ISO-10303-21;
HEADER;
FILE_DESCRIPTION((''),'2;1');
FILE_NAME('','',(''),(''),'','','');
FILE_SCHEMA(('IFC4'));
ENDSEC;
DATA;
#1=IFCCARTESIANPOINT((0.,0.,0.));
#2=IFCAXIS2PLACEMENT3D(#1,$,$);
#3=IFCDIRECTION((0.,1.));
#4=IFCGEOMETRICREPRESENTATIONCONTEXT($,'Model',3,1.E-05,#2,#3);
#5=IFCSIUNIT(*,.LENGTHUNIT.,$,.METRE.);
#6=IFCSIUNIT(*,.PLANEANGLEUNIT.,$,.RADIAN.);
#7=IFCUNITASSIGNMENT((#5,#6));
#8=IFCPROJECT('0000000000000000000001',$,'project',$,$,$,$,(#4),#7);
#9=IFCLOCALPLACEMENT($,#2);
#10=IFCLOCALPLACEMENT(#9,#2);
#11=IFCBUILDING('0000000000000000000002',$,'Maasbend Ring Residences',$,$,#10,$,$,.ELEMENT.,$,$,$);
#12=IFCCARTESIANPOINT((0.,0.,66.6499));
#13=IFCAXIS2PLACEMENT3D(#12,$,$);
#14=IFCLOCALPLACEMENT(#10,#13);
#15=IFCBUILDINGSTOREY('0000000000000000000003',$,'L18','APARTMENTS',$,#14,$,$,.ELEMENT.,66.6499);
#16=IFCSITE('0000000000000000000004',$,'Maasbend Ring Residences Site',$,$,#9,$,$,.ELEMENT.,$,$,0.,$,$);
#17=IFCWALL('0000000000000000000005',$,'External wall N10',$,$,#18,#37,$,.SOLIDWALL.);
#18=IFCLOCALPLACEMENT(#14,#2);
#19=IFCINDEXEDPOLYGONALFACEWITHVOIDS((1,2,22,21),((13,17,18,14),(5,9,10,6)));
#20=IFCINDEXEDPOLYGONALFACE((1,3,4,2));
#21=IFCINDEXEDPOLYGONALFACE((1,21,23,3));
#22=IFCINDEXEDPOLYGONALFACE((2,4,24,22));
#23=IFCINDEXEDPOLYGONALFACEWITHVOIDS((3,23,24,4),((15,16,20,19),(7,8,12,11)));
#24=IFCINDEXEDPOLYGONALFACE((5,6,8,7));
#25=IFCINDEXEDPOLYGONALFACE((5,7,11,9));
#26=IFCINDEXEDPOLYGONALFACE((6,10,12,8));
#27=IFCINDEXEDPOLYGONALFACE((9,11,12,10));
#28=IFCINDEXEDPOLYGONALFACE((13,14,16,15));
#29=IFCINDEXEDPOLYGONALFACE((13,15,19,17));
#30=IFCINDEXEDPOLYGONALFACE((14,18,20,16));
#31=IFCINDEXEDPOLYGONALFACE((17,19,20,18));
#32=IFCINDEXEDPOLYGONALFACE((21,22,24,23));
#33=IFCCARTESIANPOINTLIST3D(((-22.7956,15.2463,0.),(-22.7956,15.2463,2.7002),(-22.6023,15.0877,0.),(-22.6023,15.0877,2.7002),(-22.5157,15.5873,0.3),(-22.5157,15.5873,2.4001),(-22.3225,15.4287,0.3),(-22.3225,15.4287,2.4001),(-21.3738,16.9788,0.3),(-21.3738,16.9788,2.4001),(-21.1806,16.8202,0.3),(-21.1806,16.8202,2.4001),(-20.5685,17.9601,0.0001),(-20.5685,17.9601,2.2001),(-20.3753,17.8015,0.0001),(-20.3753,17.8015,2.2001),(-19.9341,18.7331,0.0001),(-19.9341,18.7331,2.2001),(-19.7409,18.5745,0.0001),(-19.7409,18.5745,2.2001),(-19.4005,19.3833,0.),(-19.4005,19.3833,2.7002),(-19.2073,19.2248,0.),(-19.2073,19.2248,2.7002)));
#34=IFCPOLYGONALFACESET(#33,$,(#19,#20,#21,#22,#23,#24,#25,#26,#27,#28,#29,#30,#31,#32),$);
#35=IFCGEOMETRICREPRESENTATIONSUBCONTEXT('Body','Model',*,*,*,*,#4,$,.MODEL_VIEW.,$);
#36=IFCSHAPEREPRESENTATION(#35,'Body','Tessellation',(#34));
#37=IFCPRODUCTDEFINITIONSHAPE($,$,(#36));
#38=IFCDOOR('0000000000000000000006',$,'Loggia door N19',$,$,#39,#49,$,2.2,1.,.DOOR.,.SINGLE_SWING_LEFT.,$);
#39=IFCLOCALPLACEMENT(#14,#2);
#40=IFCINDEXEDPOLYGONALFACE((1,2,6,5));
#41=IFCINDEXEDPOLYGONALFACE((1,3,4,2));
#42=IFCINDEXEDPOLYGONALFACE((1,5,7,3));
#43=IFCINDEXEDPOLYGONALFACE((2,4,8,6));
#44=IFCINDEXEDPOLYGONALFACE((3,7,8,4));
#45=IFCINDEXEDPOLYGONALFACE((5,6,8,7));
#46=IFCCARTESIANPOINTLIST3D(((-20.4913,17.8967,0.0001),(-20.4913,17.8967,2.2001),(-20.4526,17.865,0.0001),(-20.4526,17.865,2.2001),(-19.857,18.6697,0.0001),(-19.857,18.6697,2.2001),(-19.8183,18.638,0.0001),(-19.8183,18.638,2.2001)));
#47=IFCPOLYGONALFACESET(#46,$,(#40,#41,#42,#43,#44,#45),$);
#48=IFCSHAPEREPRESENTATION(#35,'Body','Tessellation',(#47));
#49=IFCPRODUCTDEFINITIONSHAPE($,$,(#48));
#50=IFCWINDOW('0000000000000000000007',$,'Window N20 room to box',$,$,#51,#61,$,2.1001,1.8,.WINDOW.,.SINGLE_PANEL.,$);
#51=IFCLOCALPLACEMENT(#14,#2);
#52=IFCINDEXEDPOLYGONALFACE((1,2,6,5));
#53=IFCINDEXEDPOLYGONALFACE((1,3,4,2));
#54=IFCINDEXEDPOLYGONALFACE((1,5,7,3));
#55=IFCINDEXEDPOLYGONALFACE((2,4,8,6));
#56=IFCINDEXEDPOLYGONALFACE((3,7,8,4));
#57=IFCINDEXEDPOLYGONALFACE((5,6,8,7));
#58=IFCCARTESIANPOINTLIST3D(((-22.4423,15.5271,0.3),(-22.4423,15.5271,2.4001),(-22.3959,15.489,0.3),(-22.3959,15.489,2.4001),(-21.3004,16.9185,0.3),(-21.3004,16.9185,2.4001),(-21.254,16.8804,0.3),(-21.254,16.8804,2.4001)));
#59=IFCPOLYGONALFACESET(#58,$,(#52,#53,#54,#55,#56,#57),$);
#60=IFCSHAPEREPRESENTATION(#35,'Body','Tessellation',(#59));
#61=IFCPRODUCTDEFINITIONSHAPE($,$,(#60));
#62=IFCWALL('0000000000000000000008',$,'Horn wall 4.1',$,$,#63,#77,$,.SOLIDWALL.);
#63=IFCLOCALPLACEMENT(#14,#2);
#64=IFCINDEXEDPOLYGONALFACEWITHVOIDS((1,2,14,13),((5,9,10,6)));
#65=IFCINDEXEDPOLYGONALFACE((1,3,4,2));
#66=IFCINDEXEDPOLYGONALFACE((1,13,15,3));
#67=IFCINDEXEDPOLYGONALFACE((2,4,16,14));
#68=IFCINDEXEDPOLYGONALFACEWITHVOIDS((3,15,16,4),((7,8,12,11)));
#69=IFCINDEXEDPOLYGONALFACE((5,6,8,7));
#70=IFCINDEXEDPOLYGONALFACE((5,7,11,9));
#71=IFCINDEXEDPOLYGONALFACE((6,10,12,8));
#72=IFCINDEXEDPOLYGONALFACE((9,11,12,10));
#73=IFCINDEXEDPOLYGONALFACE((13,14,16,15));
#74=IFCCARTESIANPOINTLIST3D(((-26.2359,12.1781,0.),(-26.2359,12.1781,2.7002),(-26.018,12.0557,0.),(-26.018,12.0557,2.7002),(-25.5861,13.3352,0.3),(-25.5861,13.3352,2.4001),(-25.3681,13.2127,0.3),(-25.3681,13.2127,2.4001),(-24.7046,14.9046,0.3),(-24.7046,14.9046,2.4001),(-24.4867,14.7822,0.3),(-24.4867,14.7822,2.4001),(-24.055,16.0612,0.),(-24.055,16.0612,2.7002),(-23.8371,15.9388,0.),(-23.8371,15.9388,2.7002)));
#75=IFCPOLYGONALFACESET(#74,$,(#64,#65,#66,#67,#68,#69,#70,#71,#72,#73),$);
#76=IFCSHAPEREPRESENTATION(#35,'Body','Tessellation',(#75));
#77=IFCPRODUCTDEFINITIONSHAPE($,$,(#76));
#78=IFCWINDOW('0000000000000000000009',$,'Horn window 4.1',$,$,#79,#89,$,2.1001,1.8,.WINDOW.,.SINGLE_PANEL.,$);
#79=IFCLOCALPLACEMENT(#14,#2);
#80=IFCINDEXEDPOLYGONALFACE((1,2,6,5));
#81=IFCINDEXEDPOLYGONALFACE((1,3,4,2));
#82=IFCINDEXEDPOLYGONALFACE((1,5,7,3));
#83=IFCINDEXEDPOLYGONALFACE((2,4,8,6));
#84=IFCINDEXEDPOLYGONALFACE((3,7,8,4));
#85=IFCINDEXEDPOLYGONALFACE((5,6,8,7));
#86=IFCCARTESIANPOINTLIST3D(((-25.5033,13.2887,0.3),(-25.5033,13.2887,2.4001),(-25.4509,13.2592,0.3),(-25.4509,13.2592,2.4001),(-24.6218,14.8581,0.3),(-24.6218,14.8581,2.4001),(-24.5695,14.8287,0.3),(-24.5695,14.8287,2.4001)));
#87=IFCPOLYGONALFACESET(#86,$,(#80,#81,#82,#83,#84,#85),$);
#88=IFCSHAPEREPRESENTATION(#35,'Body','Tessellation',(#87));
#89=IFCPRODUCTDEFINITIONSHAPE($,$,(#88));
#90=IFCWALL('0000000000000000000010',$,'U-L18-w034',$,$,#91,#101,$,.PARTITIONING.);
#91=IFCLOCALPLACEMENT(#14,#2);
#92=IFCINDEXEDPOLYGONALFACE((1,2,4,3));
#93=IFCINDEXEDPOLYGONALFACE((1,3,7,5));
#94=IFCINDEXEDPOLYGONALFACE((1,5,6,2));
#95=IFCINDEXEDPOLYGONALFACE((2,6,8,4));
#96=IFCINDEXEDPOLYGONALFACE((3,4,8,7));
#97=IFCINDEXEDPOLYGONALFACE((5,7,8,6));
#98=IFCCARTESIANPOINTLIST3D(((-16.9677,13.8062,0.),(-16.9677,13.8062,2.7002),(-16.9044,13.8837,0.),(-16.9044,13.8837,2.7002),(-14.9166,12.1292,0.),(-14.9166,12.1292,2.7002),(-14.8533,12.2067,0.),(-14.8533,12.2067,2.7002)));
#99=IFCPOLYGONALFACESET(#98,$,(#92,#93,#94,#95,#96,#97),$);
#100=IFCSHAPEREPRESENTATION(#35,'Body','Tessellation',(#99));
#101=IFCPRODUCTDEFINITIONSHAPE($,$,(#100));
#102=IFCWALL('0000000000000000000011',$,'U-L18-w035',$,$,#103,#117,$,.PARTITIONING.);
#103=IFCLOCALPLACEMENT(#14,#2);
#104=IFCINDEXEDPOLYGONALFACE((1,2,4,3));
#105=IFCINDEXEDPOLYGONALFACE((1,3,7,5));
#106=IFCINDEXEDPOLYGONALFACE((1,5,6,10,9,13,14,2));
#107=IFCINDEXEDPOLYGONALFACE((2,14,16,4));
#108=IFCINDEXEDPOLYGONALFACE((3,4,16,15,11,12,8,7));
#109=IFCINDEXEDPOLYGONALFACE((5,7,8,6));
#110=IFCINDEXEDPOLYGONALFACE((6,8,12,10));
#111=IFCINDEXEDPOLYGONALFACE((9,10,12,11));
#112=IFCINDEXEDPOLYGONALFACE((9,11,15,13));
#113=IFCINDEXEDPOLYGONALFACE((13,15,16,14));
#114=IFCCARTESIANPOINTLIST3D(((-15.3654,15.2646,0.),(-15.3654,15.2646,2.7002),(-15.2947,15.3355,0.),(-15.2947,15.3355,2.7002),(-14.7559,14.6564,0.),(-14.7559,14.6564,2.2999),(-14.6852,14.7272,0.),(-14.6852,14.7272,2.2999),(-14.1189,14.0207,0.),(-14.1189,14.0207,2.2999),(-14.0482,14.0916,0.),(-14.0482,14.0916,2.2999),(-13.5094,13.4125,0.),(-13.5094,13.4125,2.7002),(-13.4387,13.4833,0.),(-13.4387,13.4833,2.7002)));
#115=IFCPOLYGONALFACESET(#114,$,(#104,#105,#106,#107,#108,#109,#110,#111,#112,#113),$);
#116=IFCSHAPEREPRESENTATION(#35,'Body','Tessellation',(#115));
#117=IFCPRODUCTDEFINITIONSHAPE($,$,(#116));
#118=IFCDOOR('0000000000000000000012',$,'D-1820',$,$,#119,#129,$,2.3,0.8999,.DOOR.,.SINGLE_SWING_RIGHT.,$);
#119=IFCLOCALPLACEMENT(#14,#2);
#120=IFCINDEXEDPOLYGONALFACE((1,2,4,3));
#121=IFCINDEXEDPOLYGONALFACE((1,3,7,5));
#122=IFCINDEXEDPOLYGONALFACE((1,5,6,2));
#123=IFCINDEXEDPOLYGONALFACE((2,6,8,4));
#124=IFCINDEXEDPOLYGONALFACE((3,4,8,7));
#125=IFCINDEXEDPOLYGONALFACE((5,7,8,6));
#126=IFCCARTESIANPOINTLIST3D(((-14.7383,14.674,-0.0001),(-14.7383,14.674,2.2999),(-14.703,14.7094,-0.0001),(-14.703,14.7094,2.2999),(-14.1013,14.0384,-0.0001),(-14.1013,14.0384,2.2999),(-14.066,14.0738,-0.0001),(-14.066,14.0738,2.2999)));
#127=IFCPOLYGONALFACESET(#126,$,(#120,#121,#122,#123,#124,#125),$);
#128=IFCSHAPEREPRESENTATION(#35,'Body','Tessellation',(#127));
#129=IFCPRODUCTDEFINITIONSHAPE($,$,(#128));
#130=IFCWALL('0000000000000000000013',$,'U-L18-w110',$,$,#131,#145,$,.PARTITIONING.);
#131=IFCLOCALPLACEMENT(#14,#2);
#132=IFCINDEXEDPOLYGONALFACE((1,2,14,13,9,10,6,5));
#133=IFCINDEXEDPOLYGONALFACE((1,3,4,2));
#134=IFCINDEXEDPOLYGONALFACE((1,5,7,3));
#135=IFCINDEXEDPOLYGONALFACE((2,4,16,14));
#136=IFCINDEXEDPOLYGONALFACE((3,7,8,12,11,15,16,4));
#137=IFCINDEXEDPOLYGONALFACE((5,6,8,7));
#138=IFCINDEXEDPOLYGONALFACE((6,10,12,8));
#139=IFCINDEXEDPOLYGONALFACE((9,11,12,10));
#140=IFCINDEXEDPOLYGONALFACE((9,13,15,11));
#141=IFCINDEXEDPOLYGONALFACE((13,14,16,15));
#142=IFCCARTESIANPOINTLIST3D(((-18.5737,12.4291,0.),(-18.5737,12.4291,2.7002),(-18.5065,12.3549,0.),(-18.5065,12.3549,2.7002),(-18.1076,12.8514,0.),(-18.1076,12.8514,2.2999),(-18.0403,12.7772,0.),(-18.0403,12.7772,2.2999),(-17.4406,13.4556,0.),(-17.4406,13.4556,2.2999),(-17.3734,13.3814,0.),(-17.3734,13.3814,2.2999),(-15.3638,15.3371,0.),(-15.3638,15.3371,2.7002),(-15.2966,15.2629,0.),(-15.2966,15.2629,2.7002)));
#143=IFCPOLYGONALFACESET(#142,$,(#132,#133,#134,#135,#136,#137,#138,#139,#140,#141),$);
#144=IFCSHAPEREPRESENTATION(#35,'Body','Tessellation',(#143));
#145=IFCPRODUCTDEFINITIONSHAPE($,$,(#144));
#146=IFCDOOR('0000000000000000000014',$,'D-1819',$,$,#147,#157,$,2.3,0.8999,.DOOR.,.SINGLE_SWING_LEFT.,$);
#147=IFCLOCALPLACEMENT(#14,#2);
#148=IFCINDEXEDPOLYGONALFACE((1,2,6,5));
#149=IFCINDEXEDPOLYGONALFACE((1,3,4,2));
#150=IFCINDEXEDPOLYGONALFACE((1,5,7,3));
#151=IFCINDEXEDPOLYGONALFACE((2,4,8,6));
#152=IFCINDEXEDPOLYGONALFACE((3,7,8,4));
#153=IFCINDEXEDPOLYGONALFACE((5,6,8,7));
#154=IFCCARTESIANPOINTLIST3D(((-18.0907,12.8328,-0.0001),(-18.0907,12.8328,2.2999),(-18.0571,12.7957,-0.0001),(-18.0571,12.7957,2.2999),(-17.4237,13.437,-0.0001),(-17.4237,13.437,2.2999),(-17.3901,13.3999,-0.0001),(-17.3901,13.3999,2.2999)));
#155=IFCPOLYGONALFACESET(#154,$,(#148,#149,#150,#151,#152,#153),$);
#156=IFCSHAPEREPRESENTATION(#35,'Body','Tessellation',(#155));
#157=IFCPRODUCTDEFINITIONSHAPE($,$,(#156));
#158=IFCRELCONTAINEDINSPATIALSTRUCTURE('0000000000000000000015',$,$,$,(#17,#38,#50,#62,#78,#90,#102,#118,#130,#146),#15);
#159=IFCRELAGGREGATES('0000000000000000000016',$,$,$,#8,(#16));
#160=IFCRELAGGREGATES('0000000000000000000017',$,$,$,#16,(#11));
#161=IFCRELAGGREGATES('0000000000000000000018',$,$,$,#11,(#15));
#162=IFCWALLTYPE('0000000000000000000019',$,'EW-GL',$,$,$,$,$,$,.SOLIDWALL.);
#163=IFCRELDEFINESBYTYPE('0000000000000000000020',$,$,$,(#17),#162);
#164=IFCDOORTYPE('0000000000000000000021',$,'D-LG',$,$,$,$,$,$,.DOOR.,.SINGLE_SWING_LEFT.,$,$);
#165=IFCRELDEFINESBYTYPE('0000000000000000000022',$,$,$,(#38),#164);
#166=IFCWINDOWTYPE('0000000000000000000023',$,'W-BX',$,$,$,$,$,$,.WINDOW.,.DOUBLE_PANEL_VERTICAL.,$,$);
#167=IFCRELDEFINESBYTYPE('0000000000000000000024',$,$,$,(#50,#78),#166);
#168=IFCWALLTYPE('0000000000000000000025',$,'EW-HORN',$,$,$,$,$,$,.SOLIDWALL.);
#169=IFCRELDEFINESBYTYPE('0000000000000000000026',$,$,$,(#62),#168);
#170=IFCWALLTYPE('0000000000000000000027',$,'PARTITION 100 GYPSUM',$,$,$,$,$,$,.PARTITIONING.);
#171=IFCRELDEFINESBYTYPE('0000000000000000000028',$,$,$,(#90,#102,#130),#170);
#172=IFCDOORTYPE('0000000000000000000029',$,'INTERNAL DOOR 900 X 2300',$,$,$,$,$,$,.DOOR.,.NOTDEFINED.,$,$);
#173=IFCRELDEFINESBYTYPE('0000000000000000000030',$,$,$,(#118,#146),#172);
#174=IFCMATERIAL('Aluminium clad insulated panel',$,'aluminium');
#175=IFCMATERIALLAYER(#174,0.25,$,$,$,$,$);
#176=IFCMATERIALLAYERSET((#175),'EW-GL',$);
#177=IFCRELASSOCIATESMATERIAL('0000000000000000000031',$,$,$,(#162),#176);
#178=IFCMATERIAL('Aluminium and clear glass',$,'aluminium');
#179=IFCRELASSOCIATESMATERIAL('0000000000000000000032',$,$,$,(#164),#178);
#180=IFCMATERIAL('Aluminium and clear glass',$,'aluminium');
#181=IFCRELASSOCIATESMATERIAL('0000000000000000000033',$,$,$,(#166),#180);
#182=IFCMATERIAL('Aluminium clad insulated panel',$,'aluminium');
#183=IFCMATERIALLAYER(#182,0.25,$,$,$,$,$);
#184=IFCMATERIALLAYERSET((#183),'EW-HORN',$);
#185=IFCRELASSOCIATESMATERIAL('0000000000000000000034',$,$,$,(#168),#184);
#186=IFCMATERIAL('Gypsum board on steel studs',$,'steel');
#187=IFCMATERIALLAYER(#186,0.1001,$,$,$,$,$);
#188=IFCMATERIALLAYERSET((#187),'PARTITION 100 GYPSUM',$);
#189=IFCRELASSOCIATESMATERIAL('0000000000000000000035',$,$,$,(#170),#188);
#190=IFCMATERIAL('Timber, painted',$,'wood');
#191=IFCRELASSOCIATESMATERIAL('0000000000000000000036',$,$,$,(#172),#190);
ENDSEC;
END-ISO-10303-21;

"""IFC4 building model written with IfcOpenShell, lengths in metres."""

from ifc_helpers import new_model, si_unit, direction, frame, frame_2d, origin, place, context, subcontext, project, spatial, rectangle, extrude, material, layer, layer_set, type_object, element, fill, save


model = new_model("IFC4")

# Units and contexts
model_context = context("Model", 3, precision=1e-05, world=origin(), true_north=direction((0.0, 1.0)))
body_context = subcontext(model_context, "Body", "Model", "MODEL_VIEW")
ifc_project = project(units=[si_unit("LENGTHUNIT", "METRE"), si_unit("PLANEANGLEUNIT", "RADIAN")], contexts=[model_context])

# Site, building, storey
site_placement = place(None, origin())
site = spatial("IfcSite", under=ifc_project, at=site_placement, Name="Maasbend Ring Residences Site", CompositionType="ELEMENT", RefElevation=0.0)
building_placement = place(site_placement, origin())
building = spatial("IfcBuilding", under=site, at=building_placement, Name="Maasbend Ring Residences", CompositionType="ELEMENT")
storey_placement = place(building_placement, frame((0.0, 0.0, 66.6499)))
storey = spatial("IfcBuildingStorey", under=building, at=storey_placement, Name="L18", Description="APARTMENTS", CompositionType="ELEMENT", Elevation=66.6499)

# Wall, openings, door, window
ifc_material_1 = material(Name="Aluminium clad insulated panel", Category="aluminium")
ifc_layer_1 = layer(ifc_material_1, 0.25)
ifc_layer_set_1 = layer_set([ifc_layer_1], Name="EW-GL")
wall_type_1 = type_object("IfcWallType", Name="EW-GL", PredefinedType="SOLIDWALL", material=ifc_layer_set_1)
wall_1_placement = place(storey_placement, frame((-19.304, 19.304, 0.0), z_axis=(0.0, 0.0, 1.0), x_axis=(-0.634382, -0.773019, 0.0)))
wall_1 = element("IfcWall", 1, at=wall_1_placement, inside=storey, type_object=wall_type_1, Name="External wall N10", PredefinedType="SOLIDWALL", context=body_context, shape_type="SweptSolid", body=[
    extrude(rectangle(XDim=5.3518, YDim=0.25, at=frame_2d((2.6758, 0.0))), origin(), (0.0, 0.0, 1.0), 2.7002),
])
opening_1_placement = place(wall_1_placement, frame((0.8411, 0.0, 0.0)))
opening_1 = element("IfcOpeningElement", 2, at=opening_1_placement, cuts=wall_1, PredefinedType="OPENING", context=body_context, shape_type="SweptSolid", body=[
    extrude(rectangle(XDim=1.0, YDim=2.2, at=frame_2d((0.5, 1.1001))), frame((0.0, 0.135, 0.0), z_axis=(0.0, -1.0, 0.0), x_axis=(1.0, 0.0, 0.0)), (0.0, 0.0, 1.0), 0.27),
])
opening_2_placement = place(wall_1_placement, frame((3.1106, 0.0, 0.3)))
opening_2 = element("IfcOpeningElement", 3, at=opening_2_placement, cuts=wall_1, PredefinedType="OPENING", context=body_context, shape_type="SweptSolid", body=[
    extrude(rectangle(XDim=1.8, YDim=2.1001, at=frame_2d((0.8999, 1.05))), frame((0.0, 0.135, 0.0), z_axis=(0.0, -1.0, 0.0), x_axis=(1.0, 0.0, 0.0)), (0.0, 0.0, 1.0), 0.27),
])
ifc_material_2 = material(Name="Aluminium and clear glass", Category="aluminium")
door_type_1 = type_object("IfcDoorType", Name="D-LG", OperationType="SINGLE_SWING_LEFT", PredefinedType="DOOR", material=ifc_material_2)
door_1_placement = place(opening_1_placement, origin())
door_1 = element("IfcDoor", 4, at=door_1_placement, inside=storey, type_object=door_type_1, Name="Loggia door N19", OperationType="SINGLE_SWING_LEFT", OverallHeight=2.2, OverallWidth=1.0, PredefinedType="DOOR", context=body_context, shape_type="SweptSolid", body=[
    extrude(rectangle(XDim=1.0, YDim=2.2, at=frame_2d((0.5, 1.1001))), frame((0.0, 0.0249, 0.0), z_axis=(0.0, -1.0, 0.0), x_axis=(1.0, 0.0, 0.0)), (0.0, 0.0, 1.0), 0.05),
])
fill(opening_1, door_1)
ifc_material_3 = material(Name="Aluminium and clear glass", Category="aluminium")
window_type_1 = type_object("IfcWindowType", Name="W-BX", PartitioningType="DOUBLE_PANEL_VERTICAL", PredefinedType="WINDOW", material=ifc_material_3)
window_1_placement = place(opening_2_placement, origin())
window_1 = element("IfcWindow", 5, at=window_1_placement, inside=storey, type_object=window_type_1, Name="Window N20 room to box", OverallHeight=2.1001, OverallWidth=1.8, PartitioningType="SINGLE_PANEL", PredefinedType="WINDOW", context=body_context, shape_type="SweptSolid", body=[
    extrude(rectangle(XDim=1.8, YDim=2.1001, at=frame_2d((0.8999, 1.05))), frame((0.0, 0.03, 0.0), z_axis=(0.0, -1.0, 0.0), x_axis=(1.0, 0.0, 0.0)), (0.0, 0.0, 1.0), 0.0601),
])
fill(opening_2, window_1)

# Wall, opening, window
ifc_material_4 = material(Name="Aluminium clad insulated panel", Category="aluminium")
ifc_layer_2 = layer(ifc_material_4, 0.25)
ifc_layer_set_2 = layer_set([ifc_layer_2], Name="EW-HORN")
wall_type_2 = type_object("IfcWallType", Name="EW-HORN", PredefinedType="SOLIDWALL", material=ifc_layer_set_2)
wall_2_placement = place(storey_placement, frame((-23.946, 16.0, 0.0), z_axis=(0.0, 0.0, 1.0), x_axis=(-0.489696, -0.871893, 0.0)))
wall_2 = element("IfcWall", 6, at=wall_2_placement, inside=storey, type_object=wall_type_2, Name="Horn wall 4.1", PredefinedType="SOLIDWALL", context=body_context, shape_type="SweptSolid", body=[
    extrude(rectangle(XDim=4.4536, YDim=0.25, at=frame_2d((2.2268, 0.0))), origin(), (0.0, 0.0, 1.0), 2.7002),
])
opening_3_placement = place(wall_2_placement, frame((1.3267, 0.0, 0.3)))
opening_3 = element("IfcOpeningElement", 7, at=opening_3_placement, cuts=wall_2, PredefinedType="OPENING", context=body_context, shape_type="SweptSolid", body=[
    extrude(rectangle(XDim=1.8, YDim=2.1001, at=frame_2d((0.8999, 1.05))), frame((0.0, 0.135, 0.0), z_axis=(0.0, -1.0, 0.0), x_axis=(1.0, 0.0, 0.0)), (0.0, 0.0, 1.0), 0.27),
])
window_2_placement = place(opening_3_placement, origin())
window_2 = element("IfcWindow", 8, at=window_2_placement, inside=storey, type_object=window_type_1, Name="Horn window 4.1", OverallHeight=2.1001, OverallWidth=1.8, PartitioningType="SINGLE_PANEL", PredefinedType="WINDOW", context=body_context, shape_type="SweptSolid", body=[
    extrude(rectangle(XDim=1.8, YDim=2.1001, at=frame_2d((0.8999, 1.05))), frame((0.0, 0.03, 0.0), z_axis=(0.0, -1.0, 0.0), x_axis=(1.0, 0.0, 0.0)), (0.0, 0.0, 1.0), 0.0601),
])
fill(opening_3, window_2)

# Wall
ifc_material_5 = material(Name="Gypsum board on steel studs", Category="steel")
ifc_layer_3 = layer(ifc_material_5, 0.1001)
ifc_layer_set_3 = layer_set([ifc_layer_3], Name="PARTITION 100 GYPSUM")
wall_type_3 = type_object("IfcWallType", Name="PARTITION 100 GYPSUM", PredefinedType="PARTITIONING", material=ifc_layer_set_3)
wall_3_placement = place(storey_placement, frame((-16.936, 13.845, 0.0), z_axis=(0.0, 0.0, 1.0), x_axis=(0.774163, -0.632987, 0.0)))
element("IfcWall", 9, at=wall_3_placement, inside=storey, type_object=wall_type_3, Name="U-L18-w034", PredefinedType="PARTITIONING", context=body_context, shape_type="SweptSolid", body=[
    extrude(rectangle(XDim=2.6494, YDim=0.1001, at=frame_2d((1.3247, 0.0))), origin(), (0.0, 0.0, 1.0), 2.7002),
])

# Walls, openings, doors
wall_4_placement = place(storey_placement, frame((-15.3301, 15.3, 0.0), z_axis=(0.0, 0.0, 1.0), x_axis=(0.707851, -0.706361, 0.0)))
wall_4 = element("IfcWall", 10, at=wall_4_placement, inside=storey, type_object=wall_type_3, Name="U-L18-w035", PredefinedType="PARTITIONING", context=body_context, shape_type="SweptSolid", body=[
    extrude(rectangle(XDim=2.6221, YDim=0.1001, at=frame_2d((1.311, 0.0))), origin(), (0.0, 0.0, 1.0), 2.7002),
])
opening_4_placement = place(wall_4_placement, frame((0.8611, 0.0, 0.0)))
opening_4 = element("IfcOpeningElement", 11, at=opening_4_placement, cuts=wall_4, PredefinedType="OPENING", context=body_context, shape_type="SweptSolid", body=[
    extrude(rectangle(XDim=0.8999, YDim=2.3, at=frame_2d((0.45, 1.1499))), frame((0.0, 0.0601, 0.0), z_axis=(0.0, -1.0, 0.0), x_axis=(1.0, 0.0, 0.0)), (0.0, 0.0, 1.0), 0.1201),
])
ifc_material_6 = material(Name="Timber, painted", Category="wood")
door_type_2 = type_object("IfcDoorType", Name="INTERNAL DOOR 900 X 2300", OperationType="NOTDEFINED", PredefinedType="DOOR", material=ifc_material_6)
door_2_placement = place(opening_4_placement, origin())
door_2 = element("IfcDoor", 12, at=door_2_placement, inside=storey, type_object=door_type_2, Name="D-1820", OperationType="SINGLE_SWING_RIGHT", OverallHeight=2.3, OverallWidth=0.8999, PredefinedType="DOOR", context=body_context, shape_type="SweptSolid", body=[
    extrude(rectangle(XDim=0.8999, YDim=2.3, at=frame_2d((0.45, 1.1499))), frame((0.0, 0.0249, 0.0), z_axis=(0.0, -1.0, 0.0), x_axis=(1.0, 0.0, 0.0)), (0.0, 0.0, 1.0), 0.05),
])
fill(opening_4, door_2)
wall_5_placement = place(storey_placement, frame((-18.54, 12.3921, 0.0), z_axis=(0.0, 0.0, 1.0), x_axis=(0.74111, 0.671384, 0.0)))
wall_5 = element("IfcWall", 13, at=wall_5_placement, inside=storey, type_object=wall_type_3, Name="U-L18-w110", PredefinedType="PARTITIONING", context=body_context, shape_type="SweptSolid", body=[
    extrude(rectangle(XDim=4.3313, YDim=0.1001, at=frame_2d((2.1655, 0.0))), origin(), (0.0, 0.0, 1.0), 2.7002),
])
opening_5_placement = place(wall_5_placement, frame((0.6289, 0.0, 0.0)))
opening_5 = element("IfcOpeningElement", 14, at=opening_5_placement, cuts=wall_5, PredefinedType="OPENING", context=body_context, shape_type="SweptSolid", body=[
    extrude(rectangle(XDim=0.8999, YDim=2.3, at=frame_2d((0.45, 1.1499))), frame((0.0, 0.0601, 0.0), z_axis=(0.0, -1.0, 0.0), x_axis=(1.0, 0.0, 0.0)), (0.0, 0.0, 1.0), 0.1201),
])
door_3_placement = place(opening_5_placement, origin())
door_3 = element("IfcDoor", 15, at=door_3_placement, inside=storey, type_object=door_type_2, Name="D-1819", OperationType="SINGLE_SWING_LEFT", OverallHeight=2.3, OverallWidth=0.8999, PredefinedType="DOOR", context=body_context, shape_type="SweptSolid", body=[
    extrude(rectangle(XDim=0.8999, YDim=2.3, at=frame_2d((0.45, 1.1499))), frame((0.0, 0.0249, 0.0), z_axis=(0.0, -1.0, 0.0), x_axis=(1.0, 0.0, 0.0)), (0.0, 0.0, 1.0), 0.05),
])
fill(opening_5, door_3)

save(model, "model.ifc")
